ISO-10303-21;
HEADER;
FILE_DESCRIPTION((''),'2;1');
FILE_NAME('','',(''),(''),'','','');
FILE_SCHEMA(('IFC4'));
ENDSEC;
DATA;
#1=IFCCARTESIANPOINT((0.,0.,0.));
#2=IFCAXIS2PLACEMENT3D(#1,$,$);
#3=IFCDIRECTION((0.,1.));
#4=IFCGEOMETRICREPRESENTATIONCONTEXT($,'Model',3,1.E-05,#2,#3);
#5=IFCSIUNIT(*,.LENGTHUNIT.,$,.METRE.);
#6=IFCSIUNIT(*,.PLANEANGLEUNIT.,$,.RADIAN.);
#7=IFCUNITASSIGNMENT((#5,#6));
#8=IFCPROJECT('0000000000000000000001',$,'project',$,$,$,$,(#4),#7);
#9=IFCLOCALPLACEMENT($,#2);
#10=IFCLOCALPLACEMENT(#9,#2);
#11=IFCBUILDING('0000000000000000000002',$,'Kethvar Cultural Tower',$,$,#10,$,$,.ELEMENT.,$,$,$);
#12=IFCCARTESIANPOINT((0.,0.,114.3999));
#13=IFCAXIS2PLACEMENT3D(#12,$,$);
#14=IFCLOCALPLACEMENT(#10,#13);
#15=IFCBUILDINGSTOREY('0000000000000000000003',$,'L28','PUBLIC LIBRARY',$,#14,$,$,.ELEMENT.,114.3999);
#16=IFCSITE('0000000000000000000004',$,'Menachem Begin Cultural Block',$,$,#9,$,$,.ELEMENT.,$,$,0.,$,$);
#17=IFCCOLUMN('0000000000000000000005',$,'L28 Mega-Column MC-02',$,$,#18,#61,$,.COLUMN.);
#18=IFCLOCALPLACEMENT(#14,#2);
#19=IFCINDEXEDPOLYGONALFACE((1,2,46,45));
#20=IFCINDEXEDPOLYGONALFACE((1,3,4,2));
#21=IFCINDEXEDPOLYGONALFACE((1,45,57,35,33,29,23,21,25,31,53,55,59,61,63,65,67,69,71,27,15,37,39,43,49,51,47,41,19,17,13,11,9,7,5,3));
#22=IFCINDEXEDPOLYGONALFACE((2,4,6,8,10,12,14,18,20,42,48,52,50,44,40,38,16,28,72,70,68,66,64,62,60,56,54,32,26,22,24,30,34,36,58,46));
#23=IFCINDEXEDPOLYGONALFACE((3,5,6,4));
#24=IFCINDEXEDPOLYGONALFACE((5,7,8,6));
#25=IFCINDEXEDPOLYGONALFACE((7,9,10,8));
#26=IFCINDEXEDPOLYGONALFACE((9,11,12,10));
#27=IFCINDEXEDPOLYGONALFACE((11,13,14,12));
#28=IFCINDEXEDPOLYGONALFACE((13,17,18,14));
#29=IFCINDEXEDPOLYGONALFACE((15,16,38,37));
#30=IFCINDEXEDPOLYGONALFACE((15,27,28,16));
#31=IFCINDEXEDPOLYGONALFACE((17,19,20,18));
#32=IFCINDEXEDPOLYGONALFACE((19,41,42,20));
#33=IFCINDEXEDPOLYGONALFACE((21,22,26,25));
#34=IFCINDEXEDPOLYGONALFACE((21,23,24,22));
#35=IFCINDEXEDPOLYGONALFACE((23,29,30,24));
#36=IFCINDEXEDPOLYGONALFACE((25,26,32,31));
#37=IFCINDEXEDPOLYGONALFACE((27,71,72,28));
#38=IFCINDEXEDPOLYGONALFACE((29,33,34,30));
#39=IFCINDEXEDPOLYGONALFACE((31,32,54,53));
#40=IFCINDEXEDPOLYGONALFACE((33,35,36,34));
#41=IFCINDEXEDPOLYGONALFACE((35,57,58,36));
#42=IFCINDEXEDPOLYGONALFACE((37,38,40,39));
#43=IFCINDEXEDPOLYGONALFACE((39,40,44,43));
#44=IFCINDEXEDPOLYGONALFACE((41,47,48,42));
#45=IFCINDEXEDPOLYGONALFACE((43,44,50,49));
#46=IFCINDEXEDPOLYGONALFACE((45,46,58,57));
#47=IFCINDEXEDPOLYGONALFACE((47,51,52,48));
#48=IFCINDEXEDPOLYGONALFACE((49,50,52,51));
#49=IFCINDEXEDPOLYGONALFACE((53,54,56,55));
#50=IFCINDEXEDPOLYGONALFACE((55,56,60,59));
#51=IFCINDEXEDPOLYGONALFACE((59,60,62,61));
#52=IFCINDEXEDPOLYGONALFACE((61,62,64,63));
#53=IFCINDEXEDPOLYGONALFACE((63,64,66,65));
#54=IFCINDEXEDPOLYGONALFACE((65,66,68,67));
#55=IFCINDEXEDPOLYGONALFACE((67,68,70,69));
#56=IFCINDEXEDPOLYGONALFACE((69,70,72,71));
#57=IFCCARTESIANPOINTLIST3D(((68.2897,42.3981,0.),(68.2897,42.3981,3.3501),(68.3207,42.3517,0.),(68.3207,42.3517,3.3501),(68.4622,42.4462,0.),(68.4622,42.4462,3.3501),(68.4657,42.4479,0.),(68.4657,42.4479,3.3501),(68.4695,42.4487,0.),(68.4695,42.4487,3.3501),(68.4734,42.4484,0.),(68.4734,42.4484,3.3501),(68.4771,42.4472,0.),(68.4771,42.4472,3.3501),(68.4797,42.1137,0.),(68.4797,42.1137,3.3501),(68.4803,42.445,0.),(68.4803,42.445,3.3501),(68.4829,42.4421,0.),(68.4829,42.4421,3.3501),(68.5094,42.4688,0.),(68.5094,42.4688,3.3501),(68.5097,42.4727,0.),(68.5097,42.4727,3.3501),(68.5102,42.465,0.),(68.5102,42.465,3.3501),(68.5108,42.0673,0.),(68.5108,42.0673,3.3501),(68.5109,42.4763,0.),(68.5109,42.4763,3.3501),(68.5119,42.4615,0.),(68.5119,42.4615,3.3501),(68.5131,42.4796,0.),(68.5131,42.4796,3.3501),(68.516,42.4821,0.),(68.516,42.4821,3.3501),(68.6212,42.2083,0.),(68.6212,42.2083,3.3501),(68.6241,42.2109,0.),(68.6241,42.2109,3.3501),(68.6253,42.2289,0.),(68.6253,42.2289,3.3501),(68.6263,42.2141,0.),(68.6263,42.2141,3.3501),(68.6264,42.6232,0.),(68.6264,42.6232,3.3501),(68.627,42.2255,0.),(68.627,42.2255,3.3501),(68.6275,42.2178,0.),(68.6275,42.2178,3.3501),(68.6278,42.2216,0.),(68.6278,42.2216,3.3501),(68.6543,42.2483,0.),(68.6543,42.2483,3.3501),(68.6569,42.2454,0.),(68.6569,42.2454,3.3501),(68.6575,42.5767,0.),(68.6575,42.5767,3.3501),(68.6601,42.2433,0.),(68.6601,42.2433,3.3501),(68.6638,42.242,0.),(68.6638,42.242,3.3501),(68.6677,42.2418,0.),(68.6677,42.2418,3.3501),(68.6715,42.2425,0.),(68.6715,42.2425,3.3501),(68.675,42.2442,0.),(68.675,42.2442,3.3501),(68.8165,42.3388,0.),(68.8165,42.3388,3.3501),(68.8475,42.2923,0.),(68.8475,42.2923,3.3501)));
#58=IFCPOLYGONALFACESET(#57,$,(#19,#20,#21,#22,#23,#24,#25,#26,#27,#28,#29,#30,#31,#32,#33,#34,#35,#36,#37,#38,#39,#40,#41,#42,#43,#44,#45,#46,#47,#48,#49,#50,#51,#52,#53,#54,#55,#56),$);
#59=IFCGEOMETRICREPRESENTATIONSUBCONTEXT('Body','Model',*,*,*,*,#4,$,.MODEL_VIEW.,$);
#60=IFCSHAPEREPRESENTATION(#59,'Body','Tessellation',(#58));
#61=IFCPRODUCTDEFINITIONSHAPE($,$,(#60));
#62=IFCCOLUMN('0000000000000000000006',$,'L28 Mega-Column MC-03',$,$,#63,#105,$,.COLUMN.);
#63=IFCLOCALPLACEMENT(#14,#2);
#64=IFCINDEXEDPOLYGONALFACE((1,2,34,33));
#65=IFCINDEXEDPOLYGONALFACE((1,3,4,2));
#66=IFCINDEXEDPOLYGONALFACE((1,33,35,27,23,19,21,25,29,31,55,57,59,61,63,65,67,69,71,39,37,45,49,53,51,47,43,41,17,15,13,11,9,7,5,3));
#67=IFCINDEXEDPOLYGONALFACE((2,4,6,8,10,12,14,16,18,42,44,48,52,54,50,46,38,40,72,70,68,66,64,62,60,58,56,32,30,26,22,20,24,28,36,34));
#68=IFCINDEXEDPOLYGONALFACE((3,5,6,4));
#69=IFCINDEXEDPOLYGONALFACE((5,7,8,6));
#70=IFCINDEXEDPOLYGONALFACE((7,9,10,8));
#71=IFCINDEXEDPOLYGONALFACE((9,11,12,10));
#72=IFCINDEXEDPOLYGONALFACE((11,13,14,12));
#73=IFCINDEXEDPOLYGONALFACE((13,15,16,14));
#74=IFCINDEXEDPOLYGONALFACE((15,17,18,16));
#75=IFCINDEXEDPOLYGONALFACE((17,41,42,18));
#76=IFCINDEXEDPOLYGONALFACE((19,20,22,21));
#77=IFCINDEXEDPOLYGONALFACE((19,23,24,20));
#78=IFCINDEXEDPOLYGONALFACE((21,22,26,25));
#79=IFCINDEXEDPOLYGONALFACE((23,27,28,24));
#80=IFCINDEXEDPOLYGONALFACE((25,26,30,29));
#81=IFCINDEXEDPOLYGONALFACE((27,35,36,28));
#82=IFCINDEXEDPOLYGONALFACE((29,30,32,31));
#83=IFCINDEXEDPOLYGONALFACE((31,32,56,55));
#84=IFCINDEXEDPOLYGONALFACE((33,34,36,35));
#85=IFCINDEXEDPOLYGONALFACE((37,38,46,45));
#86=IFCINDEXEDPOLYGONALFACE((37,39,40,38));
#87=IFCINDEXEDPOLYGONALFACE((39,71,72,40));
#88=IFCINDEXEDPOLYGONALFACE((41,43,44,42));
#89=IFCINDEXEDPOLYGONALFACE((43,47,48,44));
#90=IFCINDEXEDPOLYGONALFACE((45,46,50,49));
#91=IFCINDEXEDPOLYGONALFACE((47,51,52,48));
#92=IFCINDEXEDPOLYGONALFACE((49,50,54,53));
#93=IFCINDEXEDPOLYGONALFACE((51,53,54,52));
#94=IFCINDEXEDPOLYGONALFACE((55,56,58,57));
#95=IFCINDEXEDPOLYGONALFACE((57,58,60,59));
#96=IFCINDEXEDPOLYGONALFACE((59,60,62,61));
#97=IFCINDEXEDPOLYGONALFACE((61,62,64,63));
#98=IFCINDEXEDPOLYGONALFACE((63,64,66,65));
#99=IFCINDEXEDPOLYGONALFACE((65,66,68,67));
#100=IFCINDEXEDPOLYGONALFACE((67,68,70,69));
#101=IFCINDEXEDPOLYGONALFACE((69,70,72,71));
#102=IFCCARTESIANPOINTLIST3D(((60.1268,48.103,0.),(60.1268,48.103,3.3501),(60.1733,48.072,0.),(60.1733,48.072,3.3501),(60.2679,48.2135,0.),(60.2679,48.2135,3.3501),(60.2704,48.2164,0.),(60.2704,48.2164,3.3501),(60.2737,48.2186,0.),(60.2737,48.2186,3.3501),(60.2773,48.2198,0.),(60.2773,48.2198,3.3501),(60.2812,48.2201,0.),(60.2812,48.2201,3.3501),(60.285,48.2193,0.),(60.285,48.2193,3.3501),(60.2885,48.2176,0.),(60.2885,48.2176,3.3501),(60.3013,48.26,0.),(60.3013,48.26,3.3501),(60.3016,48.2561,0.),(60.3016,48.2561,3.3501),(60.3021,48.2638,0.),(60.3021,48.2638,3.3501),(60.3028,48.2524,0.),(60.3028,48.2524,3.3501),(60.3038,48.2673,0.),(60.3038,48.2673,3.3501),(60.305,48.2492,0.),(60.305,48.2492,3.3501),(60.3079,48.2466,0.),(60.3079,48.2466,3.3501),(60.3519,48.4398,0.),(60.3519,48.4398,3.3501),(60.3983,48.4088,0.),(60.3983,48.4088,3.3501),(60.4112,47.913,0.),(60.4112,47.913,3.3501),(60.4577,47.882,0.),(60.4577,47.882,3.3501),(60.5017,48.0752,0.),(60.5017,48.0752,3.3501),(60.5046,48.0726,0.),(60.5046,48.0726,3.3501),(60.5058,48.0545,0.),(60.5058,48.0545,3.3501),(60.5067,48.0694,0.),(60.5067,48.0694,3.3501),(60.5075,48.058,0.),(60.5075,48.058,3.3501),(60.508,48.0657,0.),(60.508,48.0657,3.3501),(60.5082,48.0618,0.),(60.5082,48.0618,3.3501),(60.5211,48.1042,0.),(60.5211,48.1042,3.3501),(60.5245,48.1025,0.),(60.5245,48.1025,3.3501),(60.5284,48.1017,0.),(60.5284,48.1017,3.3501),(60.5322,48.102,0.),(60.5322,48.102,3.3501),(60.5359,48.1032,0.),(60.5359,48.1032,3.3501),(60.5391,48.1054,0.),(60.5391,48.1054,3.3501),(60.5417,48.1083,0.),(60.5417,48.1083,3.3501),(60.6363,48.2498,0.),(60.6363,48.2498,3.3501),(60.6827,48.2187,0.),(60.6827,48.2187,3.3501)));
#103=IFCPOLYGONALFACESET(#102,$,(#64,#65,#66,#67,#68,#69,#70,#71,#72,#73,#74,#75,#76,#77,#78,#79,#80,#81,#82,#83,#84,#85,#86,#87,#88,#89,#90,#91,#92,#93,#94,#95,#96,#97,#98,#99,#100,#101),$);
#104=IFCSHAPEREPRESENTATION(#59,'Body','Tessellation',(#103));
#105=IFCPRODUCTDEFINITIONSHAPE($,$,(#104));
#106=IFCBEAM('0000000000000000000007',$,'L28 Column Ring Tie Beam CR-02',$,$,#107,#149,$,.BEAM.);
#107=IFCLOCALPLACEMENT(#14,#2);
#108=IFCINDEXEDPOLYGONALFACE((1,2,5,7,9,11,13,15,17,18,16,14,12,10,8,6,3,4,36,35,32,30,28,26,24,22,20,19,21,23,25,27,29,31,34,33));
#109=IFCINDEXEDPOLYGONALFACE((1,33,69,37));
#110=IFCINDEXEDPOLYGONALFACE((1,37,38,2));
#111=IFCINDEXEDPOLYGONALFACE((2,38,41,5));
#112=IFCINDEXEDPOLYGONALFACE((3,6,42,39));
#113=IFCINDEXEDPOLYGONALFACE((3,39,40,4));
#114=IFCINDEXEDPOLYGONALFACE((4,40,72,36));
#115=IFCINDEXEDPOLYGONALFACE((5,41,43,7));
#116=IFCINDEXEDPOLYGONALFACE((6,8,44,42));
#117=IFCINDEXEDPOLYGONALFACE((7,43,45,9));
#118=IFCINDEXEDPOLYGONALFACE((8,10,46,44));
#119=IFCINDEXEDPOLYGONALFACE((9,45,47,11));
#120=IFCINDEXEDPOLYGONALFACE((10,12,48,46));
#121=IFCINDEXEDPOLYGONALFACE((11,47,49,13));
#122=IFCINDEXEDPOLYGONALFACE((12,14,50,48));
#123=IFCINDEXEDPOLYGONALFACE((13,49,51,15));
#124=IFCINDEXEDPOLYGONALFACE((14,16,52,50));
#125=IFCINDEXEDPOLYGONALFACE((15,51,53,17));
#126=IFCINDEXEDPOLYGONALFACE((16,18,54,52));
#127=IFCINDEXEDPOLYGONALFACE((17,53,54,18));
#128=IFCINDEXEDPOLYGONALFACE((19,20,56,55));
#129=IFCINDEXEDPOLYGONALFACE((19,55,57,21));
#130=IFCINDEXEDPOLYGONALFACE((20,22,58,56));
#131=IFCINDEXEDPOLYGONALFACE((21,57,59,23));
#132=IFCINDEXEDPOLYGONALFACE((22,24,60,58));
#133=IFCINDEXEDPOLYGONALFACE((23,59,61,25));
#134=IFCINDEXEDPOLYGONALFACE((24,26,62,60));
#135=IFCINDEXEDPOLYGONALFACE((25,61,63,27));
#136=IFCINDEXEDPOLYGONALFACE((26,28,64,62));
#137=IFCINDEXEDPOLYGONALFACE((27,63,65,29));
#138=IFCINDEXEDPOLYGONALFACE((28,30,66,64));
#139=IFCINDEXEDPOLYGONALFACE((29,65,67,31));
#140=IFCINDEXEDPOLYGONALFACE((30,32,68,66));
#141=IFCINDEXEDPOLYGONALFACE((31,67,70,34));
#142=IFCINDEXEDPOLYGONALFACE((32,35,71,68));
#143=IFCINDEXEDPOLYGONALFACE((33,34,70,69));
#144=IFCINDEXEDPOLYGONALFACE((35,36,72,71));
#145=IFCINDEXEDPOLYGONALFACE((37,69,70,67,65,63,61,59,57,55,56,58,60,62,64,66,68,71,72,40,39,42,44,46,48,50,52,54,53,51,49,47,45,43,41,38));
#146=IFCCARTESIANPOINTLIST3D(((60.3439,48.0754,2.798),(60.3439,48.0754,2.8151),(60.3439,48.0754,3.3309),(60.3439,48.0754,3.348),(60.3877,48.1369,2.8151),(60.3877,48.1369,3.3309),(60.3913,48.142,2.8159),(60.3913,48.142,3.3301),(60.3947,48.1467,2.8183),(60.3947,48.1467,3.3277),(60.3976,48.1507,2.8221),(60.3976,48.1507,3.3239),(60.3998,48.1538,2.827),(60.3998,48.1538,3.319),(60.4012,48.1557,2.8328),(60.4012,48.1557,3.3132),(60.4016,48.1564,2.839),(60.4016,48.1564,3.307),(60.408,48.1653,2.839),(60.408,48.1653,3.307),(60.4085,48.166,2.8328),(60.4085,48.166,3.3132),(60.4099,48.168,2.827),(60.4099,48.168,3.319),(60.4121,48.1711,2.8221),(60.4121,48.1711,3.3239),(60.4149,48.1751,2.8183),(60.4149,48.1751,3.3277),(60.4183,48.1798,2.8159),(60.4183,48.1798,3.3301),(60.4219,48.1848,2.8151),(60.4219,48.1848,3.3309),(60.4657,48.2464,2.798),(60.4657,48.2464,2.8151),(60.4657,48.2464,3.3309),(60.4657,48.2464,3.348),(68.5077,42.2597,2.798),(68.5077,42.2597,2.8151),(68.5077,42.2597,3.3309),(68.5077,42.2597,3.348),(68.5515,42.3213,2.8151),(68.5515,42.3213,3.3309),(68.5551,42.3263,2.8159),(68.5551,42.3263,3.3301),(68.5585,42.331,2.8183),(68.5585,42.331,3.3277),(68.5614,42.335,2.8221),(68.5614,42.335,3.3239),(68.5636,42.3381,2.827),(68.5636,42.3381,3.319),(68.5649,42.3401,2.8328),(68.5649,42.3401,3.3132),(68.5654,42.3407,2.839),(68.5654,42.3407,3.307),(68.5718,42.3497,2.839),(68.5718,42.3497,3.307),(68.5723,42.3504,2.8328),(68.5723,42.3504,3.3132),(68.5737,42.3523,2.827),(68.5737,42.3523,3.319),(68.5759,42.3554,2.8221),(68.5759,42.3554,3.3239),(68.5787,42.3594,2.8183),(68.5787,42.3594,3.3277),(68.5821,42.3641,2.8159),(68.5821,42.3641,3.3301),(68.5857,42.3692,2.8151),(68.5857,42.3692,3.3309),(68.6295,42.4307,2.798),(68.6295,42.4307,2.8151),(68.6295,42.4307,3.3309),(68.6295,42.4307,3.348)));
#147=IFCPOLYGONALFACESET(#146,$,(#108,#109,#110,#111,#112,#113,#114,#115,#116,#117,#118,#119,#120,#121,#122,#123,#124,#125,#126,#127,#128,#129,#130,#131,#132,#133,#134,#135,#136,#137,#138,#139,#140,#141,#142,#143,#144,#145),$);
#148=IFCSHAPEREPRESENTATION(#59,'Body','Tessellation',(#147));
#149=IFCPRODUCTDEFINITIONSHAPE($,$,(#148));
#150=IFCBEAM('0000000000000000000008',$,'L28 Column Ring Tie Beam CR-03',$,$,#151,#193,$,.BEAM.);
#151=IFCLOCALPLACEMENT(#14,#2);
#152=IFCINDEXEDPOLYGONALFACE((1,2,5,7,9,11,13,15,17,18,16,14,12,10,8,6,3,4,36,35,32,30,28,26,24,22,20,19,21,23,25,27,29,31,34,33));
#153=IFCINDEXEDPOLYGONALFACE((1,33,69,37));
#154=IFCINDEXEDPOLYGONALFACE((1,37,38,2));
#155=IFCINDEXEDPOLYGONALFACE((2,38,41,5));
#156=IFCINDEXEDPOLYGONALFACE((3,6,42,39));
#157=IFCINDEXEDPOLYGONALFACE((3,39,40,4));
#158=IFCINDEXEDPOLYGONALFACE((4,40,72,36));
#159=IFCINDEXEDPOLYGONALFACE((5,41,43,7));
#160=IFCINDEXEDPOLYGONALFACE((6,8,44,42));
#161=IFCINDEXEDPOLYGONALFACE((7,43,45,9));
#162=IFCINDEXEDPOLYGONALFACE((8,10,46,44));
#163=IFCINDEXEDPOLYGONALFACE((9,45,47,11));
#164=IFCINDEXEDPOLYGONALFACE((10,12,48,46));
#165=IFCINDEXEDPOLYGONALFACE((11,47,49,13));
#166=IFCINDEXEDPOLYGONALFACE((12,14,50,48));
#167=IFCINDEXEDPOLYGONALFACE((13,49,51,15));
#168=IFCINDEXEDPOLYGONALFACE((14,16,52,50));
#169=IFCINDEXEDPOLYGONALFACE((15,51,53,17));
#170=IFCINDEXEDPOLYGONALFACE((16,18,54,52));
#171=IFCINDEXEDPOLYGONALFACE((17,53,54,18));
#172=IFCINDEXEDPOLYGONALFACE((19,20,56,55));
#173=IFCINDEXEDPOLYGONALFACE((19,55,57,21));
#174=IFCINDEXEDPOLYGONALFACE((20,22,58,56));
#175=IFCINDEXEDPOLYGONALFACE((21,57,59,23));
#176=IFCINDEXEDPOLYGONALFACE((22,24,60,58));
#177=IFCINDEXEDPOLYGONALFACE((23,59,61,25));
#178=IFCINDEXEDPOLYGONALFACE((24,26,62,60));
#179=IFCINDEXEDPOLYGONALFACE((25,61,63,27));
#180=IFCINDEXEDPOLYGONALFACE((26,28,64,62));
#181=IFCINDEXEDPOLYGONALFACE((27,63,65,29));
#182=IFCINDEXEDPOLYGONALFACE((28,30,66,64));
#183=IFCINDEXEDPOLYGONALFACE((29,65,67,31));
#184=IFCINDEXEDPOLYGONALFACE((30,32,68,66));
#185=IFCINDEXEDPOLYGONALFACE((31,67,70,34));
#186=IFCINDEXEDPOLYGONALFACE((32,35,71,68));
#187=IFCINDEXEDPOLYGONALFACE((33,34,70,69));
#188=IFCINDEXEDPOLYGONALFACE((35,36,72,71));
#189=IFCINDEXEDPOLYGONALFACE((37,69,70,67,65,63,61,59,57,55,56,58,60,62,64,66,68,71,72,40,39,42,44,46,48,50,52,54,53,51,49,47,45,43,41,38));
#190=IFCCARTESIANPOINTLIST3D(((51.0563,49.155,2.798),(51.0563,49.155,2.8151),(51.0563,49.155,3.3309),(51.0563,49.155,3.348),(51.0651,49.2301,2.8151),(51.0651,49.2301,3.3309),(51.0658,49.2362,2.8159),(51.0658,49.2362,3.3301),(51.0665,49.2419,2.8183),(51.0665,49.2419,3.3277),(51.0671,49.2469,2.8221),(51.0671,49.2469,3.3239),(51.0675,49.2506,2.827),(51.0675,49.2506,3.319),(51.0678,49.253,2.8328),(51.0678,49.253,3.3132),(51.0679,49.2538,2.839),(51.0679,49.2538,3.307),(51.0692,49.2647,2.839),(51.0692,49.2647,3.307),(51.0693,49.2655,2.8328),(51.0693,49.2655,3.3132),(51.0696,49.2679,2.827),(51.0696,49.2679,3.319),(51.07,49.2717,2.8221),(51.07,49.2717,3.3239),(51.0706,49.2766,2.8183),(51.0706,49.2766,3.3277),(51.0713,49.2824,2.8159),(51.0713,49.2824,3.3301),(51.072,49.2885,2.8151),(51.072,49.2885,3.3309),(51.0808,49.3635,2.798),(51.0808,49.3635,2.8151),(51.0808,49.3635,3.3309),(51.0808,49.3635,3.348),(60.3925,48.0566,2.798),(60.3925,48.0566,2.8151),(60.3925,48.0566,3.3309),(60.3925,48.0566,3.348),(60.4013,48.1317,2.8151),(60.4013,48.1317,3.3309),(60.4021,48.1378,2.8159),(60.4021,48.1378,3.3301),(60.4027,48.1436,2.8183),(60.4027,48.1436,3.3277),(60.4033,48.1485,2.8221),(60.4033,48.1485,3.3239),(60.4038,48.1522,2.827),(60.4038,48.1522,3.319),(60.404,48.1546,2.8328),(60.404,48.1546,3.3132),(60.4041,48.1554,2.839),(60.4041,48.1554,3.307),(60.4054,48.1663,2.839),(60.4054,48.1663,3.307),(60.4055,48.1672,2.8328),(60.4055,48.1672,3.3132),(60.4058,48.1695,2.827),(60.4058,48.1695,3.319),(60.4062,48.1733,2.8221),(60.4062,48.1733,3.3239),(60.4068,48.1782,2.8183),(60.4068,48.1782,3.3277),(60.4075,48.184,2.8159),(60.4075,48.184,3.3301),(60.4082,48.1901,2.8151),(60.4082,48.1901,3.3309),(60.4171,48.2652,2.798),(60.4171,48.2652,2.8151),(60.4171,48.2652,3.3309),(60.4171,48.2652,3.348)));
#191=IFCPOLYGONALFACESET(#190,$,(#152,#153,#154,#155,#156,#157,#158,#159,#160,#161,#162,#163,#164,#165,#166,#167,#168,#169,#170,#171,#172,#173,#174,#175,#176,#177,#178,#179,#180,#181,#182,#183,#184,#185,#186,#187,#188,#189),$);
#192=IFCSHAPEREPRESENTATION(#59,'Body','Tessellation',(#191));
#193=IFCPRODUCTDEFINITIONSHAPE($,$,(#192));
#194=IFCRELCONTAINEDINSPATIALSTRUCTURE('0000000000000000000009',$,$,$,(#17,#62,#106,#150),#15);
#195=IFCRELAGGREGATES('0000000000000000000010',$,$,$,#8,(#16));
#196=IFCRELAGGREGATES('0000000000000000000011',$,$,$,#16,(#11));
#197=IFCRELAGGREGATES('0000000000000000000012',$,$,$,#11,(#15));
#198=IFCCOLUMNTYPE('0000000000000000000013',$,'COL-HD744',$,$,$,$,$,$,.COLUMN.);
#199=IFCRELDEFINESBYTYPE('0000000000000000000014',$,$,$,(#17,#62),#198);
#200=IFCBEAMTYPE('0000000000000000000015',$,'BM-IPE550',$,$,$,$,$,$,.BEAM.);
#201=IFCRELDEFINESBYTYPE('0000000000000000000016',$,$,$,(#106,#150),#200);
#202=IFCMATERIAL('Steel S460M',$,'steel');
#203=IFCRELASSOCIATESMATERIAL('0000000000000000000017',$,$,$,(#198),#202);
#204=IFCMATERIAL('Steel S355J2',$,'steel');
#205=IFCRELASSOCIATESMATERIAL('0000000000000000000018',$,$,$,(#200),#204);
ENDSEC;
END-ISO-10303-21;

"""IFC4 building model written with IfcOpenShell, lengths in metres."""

from ifc_helpers import new_model, si_unit, direction, frame, origin, origin_2d, place, context, subcontext, project, spatial, i_section, extrude, source, transform, mapped, material, material_profile, profile_set, type_object, element, save


model = new_model("IFC4")

# Units and contexts
model_context = context("Model", 3, precision=1e-05, world=origin(), true_north=direction((0.0, 1.0)))
body_context = subcontext(model_context, "Body", "Model", "MODEL_VIEW")
ifc_project = project(units=[si_unit("LENGTHUNIT", "METRE"), si_unit("PLANEANGLEUNIT", "RADIAN")], contexts=[model_context])

# Site, building, storey
site_placement = place(None, origin())
site = spatial("IfcSite", under=ifc_project, at=site_placement, Name="Menachem Begin Cultural Block", CompositionType="ELEMENT", RefElevation=0.0)
building_placement = place(site_placement, origin())
building = spatial("IfcBuilding", under=site, at=building_placement, Name="Kethvar Cultural Tower", CompositionType="ELEMENT")
storey_placement = place(building_placement, frame((0.0, 0.0, 114.3999)))
storey = spatial("IfcBuildingStorey", under=building, at=storey_placement, Name="L28", Description="PUBLIC LIBRARY", CompositionType="ELEMENT", Elevation=114.3999)

# Columns
ifc_material_1 = material(Name="Steel S460M", Category="steel")
ifc_material_profile_1 = material_profile(ifc_material_1, i_section(OverallWidth=0.405, OverallDepth=0.3979, WebThickness=0.0349, FlangeThickness=0.0559, FilletRadius=0.0149, at=origin_2d()), Name="Steel S460M — HD400x744")
ifc_profile_set_1 = profile_set([ifc_material_profile_1], Name="Steel S460M — HD400x744")
column_type = type_object("IfcColumnType", Name="COL-HD744", PredefinedType="COLUMN", material=ifc_profile_set_1)
shared_shape_1 = source(origin(), body_context, "Body", "SweptSolid", [
    extrude(i_section(OverallWidth=0.405, OverallDepth=0.3979, WebThickness=0.0349, FlangeThickness=0.0559, FilletRadius=0.0149, at=origin_2d()), origin(), (0.0, 0.0, 1.0), 3.3501),
])
for number, where, z_axis, x_axis, name in (
    (1, (68.5686, 42.3452, 0.0), (0.0, 0.0, 1.0), (0.83147, 0.55557, 0.0), "L28 Mega-Column MC-02"),
    (2, (60.4048, 48.1609, 0.0), (0.0, 0.0, 1.0), (0.55557, 0.83147, 0.0), "L28 Mega-Column MC-03"),
):
    element("IfcColumn", number, at=place(storey_placement, frame(where, z_axis=z_axis, x_axis=x_axis)), inside=storey, type_object=column_type, Name=name, PredefinedType="COLUMN", context=body_context, shape_type="MappedRepresentation", body=[
        mapped(shared_shape_1, transform((0.0, 0.0, 0.0), scale=1.0)),
    ])

# Beams
ifc_material_2 = material(Name="Steel S355J2", Category="steel")
ifc_material_profile_2 = material_profile(ifc_material_2, i_section(OverallWidth=0.21, OverallDepth=0.55, WebThickness=0.011, FlangeThickness=0.0171, FilletRadius=0.0239, at=origin_2d()), Name="Steel S355J2 — IPE550")
ifc_profile_set_2 = profile_set([ifc_material_profile_2], Name="Steel S355J2 — IPE550")
beam_type_1 = type_object("IfcBeamType", Name="BM-IPE550", PredefinedType="BEAM", material=ifc_profile_set_2)
shared_shape_2 = source(origin(), body_context, "Body", "SweptSolid", [
    extrude(i_section(OverallWidth=0.21, OverallDepth=0.55, WebThickness=0.011, FlangeThickness=0.0171, FilletRadius=0.0239, at=origin_2d()), origin(), (0.0, 0.0, 1.0), 10.0234),
])
beam_1_placement = place(storey_placement, frame((68.5686, 42.3452, 3.073), z_axis=(-0.81447, 0.580206, 0.0), x_axis=(-0.580206, -0.81447, 0.0)))
element("IfcBeam", 3, at=beam_1_placement, inside=storey, type_object=beam_type_1, Name="L28 Column Ring Tie Beam CR-02", PredefinedType="BEAM", context=body_context, shape_type="MappedRepresentation", body=[
    mapped(shared_shape_2, transform((0.0, 0.0, 0.0), scale=1.0)),
])
shared_shape_3 = source(origin(), body_context, "Body", "SweptSolid", [
    extrude(i_section(OverallWidth=0.21, OverallDepth=0.55, WebThickness=0.011, FlangeThickness=0.0171, FilletRadius=0.0239, at=origin_2d()), origin(), (0.0, 0.0, 1.0), 9.4006),
])
beam_2_placement = place(storey_placement, frame((60.4048, 48.1609, 3.073), z_axis=(-0.99315, 0.116843, 0.0), x_axis=(-0.116843, -0.99315, 0.0)))
element("IfcBeam", 4, at=beam_2_placement, inside=storey, type_object=beam_type_1, Name="L28 Column Ring Tie Beam CR-03", PredefinedType="BEAM", context=body_context, shape_type="MappedRepresentation", body=[
    mapped(shared_shape_3, transform((0.0, 0.0, 0.0), scale=1.0)),
])

save(model, "model.ifc")
